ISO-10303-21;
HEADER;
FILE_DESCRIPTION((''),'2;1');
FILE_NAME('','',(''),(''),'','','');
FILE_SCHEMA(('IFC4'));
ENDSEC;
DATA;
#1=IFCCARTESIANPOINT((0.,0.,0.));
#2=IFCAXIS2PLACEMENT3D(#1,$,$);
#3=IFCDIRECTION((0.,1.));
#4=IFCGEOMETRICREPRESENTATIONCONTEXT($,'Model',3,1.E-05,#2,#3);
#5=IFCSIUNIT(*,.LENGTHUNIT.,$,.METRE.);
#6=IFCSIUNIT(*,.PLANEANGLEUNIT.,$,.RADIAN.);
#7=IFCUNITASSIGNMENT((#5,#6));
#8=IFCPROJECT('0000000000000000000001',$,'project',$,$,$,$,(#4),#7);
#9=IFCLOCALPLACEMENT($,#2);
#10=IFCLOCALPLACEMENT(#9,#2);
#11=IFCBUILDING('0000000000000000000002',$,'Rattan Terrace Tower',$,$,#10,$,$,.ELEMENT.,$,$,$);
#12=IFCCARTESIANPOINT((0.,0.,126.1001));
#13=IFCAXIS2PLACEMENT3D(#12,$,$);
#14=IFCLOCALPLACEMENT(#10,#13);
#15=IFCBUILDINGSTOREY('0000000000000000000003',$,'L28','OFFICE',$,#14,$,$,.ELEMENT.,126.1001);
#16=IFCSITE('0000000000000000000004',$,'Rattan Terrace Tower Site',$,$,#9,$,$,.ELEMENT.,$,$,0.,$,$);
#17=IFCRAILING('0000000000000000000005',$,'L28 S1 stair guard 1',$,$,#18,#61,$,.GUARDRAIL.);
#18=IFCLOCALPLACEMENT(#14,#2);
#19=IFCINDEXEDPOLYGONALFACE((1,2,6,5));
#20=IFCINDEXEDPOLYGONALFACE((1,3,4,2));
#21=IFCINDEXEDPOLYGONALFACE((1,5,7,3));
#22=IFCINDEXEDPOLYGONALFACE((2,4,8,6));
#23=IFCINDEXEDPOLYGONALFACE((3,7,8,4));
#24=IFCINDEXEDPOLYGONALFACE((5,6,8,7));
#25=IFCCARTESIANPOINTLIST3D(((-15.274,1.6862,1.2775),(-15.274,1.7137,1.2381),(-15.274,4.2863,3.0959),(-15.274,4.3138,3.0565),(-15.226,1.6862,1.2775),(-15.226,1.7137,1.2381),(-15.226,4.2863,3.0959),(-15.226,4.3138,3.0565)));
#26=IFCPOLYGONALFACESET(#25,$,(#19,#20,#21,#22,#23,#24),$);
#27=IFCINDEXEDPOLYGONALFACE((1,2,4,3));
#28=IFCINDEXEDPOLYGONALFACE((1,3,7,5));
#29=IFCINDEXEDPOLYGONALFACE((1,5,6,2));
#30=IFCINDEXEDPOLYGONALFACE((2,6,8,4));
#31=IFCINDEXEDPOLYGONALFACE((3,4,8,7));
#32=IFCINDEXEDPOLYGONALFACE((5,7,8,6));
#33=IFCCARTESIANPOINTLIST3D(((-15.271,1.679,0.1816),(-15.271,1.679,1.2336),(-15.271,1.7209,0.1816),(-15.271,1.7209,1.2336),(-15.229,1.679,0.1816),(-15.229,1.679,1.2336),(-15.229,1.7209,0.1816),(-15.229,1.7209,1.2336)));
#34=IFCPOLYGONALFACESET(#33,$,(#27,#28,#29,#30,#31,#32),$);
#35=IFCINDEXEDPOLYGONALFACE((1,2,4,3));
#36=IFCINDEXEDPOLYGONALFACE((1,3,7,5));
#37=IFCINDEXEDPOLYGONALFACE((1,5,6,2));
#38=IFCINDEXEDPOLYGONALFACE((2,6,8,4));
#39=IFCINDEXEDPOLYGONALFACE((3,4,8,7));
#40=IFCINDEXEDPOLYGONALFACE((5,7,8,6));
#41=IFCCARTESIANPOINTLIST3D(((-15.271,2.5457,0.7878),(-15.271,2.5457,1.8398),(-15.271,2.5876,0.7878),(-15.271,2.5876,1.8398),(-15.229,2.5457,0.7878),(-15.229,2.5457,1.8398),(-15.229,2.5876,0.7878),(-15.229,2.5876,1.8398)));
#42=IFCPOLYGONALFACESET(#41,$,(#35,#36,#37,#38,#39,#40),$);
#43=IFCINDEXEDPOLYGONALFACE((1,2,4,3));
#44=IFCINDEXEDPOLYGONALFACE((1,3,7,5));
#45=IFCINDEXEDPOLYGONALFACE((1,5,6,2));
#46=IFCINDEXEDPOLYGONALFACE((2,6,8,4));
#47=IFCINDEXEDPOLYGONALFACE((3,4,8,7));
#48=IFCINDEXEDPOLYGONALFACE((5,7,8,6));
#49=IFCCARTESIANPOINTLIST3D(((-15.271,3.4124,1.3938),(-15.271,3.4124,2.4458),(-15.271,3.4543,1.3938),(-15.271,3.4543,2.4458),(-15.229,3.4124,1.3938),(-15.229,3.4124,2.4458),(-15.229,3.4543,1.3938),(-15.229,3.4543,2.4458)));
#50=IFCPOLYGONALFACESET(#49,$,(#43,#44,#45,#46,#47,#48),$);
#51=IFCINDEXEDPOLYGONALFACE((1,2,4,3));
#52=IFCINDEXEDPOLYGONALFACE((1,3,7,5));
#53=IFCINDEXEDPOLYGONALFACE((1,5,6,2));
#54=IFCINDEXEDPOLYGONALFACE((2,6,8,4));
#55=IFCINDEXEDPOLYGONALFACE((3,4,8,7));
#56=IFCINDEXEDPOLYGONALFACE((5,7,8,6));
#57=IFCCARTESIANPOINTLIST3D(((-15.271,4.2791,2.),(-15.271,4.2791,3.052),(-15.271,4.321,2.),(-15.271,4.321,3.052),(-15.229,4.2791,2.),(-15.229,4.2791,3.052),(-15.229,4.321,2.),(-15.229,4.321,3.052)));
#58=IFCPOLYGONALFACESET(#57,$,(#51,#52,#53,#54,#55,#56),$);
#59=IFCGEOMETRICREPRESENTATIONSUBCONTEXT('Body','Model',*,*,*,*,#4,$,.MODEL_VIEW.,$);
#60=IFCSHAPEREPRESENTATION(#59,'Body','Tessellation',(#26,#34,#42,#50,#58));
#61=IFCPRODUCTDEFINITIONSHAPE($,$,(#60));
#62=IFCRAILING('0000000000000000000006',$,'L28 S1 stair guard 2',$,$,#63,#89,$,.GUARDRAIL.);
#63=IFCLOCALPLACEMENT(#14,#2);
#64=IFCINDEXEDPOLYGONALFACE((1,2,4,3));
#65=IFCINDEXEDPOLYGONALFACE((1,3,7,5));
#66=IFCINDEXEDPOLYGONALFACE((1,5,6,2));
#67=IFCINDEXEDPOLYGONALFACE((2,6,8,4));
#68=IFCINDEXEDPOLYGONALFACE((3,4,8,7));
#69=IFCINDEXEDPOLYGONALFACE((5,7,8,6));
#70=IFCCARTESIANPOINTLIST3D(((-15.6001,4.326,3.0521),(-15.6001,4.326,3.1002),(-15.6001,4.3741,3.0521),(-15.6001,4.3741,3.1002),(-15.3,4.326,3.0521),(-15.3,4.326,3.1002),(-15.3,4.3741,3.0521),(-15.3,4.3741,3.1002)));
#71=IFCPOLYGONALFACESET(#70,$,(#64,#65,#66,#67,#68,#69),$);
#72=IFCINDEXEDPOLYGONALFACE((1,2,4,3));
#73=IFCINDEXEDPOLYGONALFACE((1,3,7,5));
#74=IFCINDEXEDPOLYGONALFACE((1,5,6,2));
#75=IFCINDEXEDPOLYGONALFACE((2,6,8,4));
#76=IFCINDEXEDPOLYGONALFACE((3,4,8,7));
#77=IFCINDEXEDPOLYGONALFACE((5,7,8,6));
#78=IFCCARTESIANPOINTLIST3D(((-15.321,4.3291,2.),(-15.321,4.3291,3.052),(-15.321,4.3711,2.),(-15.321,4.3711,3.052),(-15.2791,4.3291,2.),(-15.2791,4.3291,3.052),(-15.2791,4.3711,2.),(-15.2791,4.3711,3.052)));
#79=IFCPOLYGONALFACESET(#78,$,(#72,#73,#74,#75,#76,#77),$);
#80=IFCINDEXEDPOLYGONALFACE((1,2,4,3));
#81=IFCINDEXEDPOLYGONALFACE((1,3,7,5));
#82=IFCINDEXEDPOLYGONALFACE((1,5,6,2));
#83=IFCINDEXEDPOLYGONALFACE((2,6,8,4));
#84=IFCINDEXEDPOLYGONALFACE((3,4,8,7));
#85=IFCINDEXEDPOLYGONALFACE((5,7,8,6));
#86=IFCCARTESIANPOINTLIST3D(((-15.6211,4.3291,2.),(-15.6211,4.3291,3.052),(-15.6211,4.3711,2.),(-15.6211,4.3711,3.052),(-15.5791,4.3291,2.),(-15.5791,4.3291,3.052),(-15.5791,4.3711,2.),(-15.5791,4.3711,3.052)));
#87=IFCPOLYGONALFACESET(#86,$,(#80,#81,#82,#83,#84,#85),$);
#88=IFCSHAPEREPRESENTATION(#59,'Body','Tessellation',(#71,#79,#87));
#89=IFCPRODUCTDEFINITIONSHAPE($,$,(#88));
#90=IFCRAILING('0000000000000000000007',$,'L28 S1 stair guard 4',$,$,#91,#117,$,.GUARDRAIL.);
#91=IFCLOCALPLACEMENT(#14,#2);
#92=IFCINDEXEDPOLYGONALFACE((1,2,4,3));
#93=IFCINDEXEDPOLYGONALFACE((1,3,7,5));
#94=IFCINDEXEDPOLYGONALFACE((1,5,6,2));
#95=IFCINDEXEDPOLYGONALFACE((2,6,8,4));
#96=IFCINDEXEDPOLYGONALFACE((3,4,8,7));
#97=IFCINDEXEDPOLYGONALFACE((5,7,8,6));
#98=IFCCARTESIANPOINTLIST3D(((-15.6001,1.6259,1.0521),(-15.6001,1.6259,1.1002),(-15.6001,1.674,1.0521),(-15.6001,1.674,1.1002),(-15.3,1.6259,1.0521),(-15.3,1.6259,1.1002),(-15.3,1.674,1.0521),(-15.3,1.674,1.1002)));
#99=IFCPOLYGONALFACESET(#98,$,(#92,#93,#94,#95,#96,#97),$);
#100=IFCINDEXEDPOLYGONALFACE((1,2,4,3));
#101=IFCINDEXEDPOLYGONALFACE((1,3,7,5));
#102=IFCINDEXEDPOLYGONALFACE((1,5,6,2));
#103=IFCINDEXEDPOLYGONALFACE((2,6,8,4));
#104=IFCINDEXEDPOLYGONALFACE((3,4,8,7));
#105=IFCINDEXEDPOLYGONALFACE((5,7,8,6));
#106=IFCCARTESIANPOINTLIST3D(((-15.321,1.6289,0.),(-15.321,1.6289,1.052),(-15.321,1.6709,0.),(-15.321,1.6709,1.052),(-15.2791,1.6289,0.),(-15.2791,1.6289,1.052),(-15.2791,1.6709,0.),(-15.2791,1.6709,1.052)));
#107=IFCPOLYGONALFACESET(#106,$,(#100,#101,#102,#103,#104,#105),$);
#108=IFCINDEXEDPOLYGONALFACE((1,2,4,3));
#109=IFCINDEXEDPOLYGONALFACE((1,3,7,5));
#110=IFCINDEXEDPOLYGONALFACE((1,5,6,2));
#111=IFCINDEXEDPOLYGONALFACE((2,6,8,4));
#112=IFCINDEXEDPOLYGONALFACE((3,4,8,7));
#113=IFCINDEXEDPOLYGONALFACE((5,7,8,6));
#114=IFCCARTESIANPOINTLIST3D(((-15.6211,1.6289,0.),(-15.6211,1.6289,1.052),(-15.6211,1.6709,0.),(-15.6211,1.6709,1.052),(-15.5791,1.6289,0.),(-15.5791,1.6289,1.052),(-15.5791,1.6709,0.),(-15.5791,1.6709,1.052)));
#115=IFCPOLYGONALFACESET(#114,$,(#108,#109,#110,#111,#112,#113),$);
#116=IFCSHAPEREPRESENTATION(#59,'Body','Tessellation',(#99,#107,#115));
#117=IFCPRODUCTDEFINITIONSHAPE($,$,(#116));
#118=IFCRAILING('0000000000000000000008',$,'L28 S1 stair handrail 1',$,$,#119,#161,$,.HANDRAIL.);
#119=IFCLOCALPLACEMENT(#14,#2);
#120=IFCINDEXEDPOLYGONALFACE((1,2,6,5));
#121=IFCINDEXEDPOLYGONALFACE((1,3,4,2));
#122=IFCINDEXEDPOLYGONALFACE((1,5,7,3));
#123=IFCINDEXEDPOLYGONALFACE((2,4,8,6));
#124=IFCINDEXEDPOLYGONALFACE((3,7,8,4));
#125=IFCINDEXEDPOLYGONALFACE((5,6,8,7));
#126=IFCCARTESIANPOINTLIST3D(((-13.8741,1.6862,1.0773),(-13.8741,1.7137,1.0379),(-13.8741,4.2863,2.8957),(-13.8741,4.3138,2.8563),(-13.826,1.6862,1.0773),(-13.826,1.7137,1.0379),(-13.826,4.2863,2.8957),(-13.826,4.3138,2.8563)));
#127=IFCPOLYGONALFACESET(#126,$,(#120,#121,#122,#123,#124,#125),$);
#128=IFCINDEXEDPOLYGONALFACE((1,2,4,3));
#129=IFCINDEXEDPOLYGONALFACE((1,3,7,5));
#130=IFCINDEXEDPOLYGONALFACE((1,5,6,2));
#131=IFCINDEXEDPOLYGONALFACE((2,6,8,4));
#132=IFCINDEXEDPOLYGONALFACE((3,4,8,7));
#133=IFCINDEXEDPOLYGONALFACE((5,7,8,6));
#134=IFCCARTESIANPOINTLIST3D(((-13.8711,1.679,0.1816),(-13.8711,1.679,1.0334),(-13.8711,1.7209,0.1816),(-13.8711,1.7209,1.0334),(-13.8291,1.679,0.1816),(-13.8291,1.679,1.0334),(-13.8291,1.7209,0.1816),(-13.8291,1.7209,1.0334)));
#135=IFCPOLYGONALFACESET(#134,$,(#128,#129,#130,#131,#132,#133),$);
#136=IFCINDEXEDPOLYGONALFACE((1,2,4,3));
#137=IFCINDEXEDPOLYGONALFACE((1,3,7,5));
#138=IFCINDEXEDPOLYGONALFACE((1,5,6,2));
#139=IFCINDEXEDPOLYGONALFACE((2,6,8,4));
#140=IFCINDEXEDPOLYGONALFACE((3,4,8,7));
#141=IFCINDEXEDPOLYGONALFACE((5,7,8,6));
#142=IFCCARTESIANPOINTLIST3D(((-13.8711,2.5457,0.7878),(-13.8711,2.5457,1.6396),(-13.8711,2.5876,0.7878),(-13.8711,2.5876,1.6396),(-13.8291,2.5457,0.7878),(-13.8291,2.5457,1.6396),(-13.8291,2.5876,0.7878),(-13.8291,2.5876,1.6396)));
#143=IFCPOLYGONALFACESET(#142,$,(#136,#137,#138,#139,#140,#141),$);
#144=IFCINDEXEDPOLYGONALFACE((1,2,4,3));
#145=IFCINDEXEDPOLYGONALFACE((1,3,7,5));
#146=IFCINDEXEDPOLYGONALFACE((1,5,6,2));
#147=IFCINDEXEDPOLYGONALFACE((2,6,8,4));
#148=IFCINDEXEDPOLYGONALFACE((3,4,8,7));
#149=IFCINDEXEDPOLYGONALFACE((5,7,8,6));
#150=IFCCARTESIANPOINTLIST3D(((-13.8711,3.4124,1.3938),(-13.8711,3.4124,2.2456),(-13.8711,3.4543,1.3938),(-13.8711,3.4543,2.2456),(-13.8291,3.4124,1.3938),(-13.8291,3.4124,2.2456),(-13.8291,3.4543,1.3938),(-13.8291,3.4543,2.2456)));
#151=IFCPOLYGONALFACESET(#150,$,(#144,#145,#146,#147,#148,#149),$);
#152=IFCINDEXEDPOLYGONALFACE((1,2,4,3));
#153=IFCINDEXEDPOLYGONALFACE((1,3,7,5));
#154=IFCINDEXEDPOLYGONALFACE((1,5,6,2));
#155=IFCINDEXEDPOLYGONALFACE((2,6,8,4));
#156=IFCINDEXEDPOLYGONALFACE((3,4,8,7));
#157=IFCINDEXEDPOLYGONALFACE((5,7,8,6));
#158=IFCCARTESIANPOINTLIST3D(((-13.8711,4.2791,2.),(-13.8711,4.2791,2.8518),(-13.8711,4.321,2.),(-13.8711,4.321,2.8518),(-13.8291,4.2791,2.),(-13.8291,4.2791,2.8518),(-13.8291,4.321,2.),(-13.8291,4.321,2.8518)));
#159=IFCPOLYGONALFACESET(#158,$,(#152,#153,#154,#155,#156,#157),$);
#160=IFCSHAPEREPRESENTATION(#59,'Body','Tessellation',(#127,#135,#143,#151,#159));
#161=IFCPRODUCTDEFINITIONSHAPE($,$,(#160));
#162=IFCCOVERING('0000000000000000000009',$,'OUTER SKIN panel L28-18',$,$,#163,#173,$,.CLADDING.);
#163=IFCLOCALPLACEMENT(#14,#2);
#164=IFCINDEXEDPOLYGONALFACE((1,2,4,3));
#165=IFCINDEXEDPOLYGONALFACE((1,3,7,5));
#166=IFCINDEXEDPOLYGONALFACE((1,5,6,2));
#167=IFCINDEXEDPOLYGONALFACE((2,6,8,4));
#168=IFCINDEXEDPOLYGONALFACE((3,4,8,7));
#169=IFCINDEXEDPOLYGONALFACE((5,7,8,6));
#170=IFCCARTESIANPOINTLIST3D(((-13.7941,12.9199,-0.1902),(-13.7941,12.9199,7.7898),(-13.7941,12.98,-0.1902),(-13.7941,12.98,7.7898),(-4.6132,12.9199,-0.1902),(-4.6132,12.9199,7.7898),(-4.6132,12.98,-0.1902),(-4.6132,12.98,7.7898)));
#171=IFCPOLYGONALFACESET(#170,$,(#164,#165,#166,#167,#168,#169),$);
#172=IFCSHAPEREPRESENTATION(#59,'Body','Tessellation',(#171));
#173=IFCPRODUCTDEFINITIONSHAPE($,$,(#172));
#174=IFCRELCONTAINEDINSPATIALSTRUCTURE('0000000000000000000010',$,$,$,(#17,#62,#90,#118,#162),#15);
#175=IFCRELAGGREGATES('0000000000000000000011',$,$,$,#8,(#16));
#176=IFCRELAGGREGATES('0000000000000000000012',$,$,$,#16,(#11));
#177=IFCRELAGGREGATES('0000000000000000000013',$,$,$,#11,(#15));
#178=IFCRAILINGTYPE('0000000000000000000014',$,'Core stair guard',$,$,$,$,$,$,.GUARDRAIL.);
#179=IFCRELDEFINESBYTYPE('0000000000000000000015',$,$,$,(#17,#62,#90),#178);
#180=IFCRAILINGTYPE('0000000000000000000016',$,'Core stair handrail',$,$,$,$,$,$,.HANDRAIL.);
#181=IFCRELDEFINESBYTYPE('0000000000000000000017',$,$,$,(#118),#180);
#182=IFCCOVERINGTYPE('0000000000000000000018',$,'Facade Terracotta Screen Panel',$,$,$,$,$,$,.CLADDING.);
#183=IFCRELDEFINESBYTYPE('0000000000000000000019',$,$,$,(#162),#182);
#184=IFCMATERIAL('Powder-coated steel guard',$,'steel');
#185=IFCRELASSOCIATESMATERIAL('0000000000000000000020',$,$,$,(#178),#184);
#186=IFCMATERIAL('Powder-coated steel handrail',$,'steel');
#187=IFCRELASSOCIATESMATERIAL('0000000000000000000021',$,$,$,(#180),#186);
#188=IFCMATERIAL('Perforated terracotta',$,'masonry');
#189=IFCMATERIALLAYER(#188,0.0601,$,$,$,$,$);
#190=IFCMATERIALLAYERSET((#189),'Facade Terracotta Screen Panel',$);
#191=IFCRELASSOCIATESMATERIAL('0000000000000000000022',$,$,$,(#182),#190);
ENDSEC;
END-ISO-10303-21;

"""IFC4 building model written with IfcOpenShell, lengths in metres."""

from ifc_helpers import new_model, si_unit, direction, frame, origin, origin_2d, place, context, subcontext, project, spatial, rectangle, extrude, material, layer, layer_set, type_object, element, save


model = new_model("IFC4")

# Units and contexts
model_context = context("Model", 3, precision=1e-05, world=origin(), true_north=direction((0.0, 1.0)))
body_context = subcontext(model_context, "Body", "Model", "MODEL_VIEW")
ifc_project = project(units=[si_unit("LENGTHUNIT", "METRE"), si_unit("PLANEANGLEUNIT", "RADIAN")], contexts=[model_context])

# Site, building, storey
site_placement = place(None, origin())
site = spatial("IfcSite", under=ifc_project, at=site_placement, Name="Rattan Terrace Tower Site", CompositionType="ELEMENT", RefElevation=0.0)
building_placement = place(site_placement, origin())
building = spatial("IfcBuilding", under=site, at=building_placement, Name="Rattan Terrace Tower", CompositionType="ELEMENT")
storey_placement = place(building_placement, frame((0.0, 0.0, 126.1001)))
storey = spatial("IfcBuildingStorey", under=building, at=storey_placement, Name="L28", Description="OFFICE", CompositionType="ELEMENT", Elevation=126.1001)

# Railings
ifc_material_1 = material(Name="Powder-coated steel guard", Category="steel")
railing_type_1 = type_object("IfcRailingType", Name="Core stair guard", PredefinedType="GUARDRAIL", material=ifc_material_1)
railing_1_placement = place(storey_placement, frame((-15.25, 1.7, 0.1816)))
element("IfcRailing", 1, at=railing_1_placement, inside=storey, type_object=railing_type_1, Name="L28 S1 stair guard 1", PredefinedType="GUARDRAIL", context=body_context, shape_type="SweptSolid", body=[
    extrude(rectangle(XDim=0.0481, YDim=0.0481, at=origin_2d()), frame((0.0, 0.0, 1.0762), z_axis=(0.0, 0.819485, 0.573101), x_axis=(-1.0, 0.0, 0.0)), (0.0, 0.0, 1.0), 3.1729),
    extrude(rectangle(XDim=0.042, YDim=0.042, at=origin_2d()), origin(), (0.0, 0.0, 1.0), 1.052),
    extrude(rectangle(XDim=0.042, YDim=0.042, at=origin_2d()), frame((0.0, 0.8667, 0.6062)), (0.0, 0.0, 1.0), 1.052),
    extrude(rectangle(XDim=0.042, YDim=0.042, at=origin_2d()), frame((0.0, 1.7334, 1.2122)), (0.0, 0.0, 1.0), 1.052),
    extrude(rectangle(XDim=0.042, YDim=0.042, at=origin_2d()), frame((0.0, 2.6001, 1.8184)), (0.0, 0.0, 1.0), 1.052),
])
for number, where, name in (
    (2, (-15.3, 4.3501, 2.0), "L28 S1 stair guard 2"),
    (3, (-15.3, 1.6499, 0.0), "L28 S1 stair guard 4"),
):
    element("IfcRailing", number, at=place(storey_placement, frame(where)), inside=storey, type_object=railing_type_1, Name=name, PredefinedType="GUARDRAIL", context=body_context, shape_type="SweptSolid", body=[
        extrude(rectangle(XDim=0.0481, YDim=0.0481, at=origin_2d()), frame((0.0, 0.0, 1.0762), z_axis=(-1.0, 0.0, 0.0), x_axis=(0.0, -1.0, 0.0)), (0.0, 0.0, 1.0), 0.3),
        extrude(rectangle(XDim=0.042, YDim=0.042, at=origin_2d()), origin(), (0.0, 0.0, 1.0), 1.052),
        extrude(rectangle(XDim=0.042, YDim=0.042, at=origin_2d()), frame((-0.3, 0.0, 0.0)), (0.0, 0.0, 1.0), 1.052),
    ])
ifc_material_2 = material(Name="Powder-coated steel handrail", Category="steel")
railing_type_2 = type_object("IfcRailingType", Name="Core stair handrail", PredefinedType="HANDRAIL", material=ifc_material_2)
railing_2_placement = place(storey_placement, frame((-13.8501, 1.7, 0.1816)))
element("IfcRailing", 4, at=railing_2_placement, inside=storey, type_object=railing_type_2, Name="L28 S1 stair handrail 1", PredefinedType="HANDRAIL", context=body_context, shape_type="SweptSolid", body=[
    extrude(rectangle(XDim=0.0481, YDim=0.0481, at=origin_2d()), frame((0.0, 0.0, 0.876), z_axis=(0.0, 0.819485, 0.573101), x_axis=(-1.0, 0.0, 0.0)), (0.0, 0.0, 1.0), 3.1729),
    extrude(rectangle(XDim=0.042, YDim=0.042, at=origin_2d()), origin(), (0.0, 0.0, 1.0), 0.8518),
    extrude(rectangle(XDim=0.042, YDim=0.042, at=origin_2d()), frame((0.0, 0.8667, 0.6062)), (0.0, 0.0, 1.0), 0.8518),
    extrude(rectangle(XDim=0.042, YDim=0.042, at=origin_2d()), frame((0.0, 1.7334, 1.2122)), (0.0, 0.0, 1.0), 0.8518),
    extrude(rectangle(XDim=0.042, YDim=0.042, at=origin_2d()), frame((0.0, 2.6001, 1.8184)), (0.0, 0.0, 1.0), 0.8518),
])

# Covering
ifc_material_3 = material(Name="Perforated terracotta", Category="masonry")
ifc_layer_1 = layer(ifc_material_3, 0.0601)
ifc_layer_set_1 = layer_set([ifc_layer_1], Name="Facade Terracotta Screen Panel")
covering_type = type_object("IfcCoveringType", Name="Facade Terracotta Screen Panel", PredefinedType="CLADDING", material=ifc_layer_set_1)
covering_placement = place(storey_placement, frame((-9.2036, 12.95, -0.1902), z_axis=(0.0, 0.0, 1.0), x_axis=(-1.0, 0.0, 0.0)))
element("IfcCovering", 5, at=covering_placement, inside=storey, type_object=covering_type, Name="OUTER SKIN panel L28-18", PredefinedType="CLADDING", context=body_context, shape_type="SweptSolid", body=[
    extrude(rectangle(XDim=9.1809, YDim=0.0601, at=origin_2d()), origin(), (0.0, 0.0, 1.0), 7.98),
])

save(model, "model.ifc")
